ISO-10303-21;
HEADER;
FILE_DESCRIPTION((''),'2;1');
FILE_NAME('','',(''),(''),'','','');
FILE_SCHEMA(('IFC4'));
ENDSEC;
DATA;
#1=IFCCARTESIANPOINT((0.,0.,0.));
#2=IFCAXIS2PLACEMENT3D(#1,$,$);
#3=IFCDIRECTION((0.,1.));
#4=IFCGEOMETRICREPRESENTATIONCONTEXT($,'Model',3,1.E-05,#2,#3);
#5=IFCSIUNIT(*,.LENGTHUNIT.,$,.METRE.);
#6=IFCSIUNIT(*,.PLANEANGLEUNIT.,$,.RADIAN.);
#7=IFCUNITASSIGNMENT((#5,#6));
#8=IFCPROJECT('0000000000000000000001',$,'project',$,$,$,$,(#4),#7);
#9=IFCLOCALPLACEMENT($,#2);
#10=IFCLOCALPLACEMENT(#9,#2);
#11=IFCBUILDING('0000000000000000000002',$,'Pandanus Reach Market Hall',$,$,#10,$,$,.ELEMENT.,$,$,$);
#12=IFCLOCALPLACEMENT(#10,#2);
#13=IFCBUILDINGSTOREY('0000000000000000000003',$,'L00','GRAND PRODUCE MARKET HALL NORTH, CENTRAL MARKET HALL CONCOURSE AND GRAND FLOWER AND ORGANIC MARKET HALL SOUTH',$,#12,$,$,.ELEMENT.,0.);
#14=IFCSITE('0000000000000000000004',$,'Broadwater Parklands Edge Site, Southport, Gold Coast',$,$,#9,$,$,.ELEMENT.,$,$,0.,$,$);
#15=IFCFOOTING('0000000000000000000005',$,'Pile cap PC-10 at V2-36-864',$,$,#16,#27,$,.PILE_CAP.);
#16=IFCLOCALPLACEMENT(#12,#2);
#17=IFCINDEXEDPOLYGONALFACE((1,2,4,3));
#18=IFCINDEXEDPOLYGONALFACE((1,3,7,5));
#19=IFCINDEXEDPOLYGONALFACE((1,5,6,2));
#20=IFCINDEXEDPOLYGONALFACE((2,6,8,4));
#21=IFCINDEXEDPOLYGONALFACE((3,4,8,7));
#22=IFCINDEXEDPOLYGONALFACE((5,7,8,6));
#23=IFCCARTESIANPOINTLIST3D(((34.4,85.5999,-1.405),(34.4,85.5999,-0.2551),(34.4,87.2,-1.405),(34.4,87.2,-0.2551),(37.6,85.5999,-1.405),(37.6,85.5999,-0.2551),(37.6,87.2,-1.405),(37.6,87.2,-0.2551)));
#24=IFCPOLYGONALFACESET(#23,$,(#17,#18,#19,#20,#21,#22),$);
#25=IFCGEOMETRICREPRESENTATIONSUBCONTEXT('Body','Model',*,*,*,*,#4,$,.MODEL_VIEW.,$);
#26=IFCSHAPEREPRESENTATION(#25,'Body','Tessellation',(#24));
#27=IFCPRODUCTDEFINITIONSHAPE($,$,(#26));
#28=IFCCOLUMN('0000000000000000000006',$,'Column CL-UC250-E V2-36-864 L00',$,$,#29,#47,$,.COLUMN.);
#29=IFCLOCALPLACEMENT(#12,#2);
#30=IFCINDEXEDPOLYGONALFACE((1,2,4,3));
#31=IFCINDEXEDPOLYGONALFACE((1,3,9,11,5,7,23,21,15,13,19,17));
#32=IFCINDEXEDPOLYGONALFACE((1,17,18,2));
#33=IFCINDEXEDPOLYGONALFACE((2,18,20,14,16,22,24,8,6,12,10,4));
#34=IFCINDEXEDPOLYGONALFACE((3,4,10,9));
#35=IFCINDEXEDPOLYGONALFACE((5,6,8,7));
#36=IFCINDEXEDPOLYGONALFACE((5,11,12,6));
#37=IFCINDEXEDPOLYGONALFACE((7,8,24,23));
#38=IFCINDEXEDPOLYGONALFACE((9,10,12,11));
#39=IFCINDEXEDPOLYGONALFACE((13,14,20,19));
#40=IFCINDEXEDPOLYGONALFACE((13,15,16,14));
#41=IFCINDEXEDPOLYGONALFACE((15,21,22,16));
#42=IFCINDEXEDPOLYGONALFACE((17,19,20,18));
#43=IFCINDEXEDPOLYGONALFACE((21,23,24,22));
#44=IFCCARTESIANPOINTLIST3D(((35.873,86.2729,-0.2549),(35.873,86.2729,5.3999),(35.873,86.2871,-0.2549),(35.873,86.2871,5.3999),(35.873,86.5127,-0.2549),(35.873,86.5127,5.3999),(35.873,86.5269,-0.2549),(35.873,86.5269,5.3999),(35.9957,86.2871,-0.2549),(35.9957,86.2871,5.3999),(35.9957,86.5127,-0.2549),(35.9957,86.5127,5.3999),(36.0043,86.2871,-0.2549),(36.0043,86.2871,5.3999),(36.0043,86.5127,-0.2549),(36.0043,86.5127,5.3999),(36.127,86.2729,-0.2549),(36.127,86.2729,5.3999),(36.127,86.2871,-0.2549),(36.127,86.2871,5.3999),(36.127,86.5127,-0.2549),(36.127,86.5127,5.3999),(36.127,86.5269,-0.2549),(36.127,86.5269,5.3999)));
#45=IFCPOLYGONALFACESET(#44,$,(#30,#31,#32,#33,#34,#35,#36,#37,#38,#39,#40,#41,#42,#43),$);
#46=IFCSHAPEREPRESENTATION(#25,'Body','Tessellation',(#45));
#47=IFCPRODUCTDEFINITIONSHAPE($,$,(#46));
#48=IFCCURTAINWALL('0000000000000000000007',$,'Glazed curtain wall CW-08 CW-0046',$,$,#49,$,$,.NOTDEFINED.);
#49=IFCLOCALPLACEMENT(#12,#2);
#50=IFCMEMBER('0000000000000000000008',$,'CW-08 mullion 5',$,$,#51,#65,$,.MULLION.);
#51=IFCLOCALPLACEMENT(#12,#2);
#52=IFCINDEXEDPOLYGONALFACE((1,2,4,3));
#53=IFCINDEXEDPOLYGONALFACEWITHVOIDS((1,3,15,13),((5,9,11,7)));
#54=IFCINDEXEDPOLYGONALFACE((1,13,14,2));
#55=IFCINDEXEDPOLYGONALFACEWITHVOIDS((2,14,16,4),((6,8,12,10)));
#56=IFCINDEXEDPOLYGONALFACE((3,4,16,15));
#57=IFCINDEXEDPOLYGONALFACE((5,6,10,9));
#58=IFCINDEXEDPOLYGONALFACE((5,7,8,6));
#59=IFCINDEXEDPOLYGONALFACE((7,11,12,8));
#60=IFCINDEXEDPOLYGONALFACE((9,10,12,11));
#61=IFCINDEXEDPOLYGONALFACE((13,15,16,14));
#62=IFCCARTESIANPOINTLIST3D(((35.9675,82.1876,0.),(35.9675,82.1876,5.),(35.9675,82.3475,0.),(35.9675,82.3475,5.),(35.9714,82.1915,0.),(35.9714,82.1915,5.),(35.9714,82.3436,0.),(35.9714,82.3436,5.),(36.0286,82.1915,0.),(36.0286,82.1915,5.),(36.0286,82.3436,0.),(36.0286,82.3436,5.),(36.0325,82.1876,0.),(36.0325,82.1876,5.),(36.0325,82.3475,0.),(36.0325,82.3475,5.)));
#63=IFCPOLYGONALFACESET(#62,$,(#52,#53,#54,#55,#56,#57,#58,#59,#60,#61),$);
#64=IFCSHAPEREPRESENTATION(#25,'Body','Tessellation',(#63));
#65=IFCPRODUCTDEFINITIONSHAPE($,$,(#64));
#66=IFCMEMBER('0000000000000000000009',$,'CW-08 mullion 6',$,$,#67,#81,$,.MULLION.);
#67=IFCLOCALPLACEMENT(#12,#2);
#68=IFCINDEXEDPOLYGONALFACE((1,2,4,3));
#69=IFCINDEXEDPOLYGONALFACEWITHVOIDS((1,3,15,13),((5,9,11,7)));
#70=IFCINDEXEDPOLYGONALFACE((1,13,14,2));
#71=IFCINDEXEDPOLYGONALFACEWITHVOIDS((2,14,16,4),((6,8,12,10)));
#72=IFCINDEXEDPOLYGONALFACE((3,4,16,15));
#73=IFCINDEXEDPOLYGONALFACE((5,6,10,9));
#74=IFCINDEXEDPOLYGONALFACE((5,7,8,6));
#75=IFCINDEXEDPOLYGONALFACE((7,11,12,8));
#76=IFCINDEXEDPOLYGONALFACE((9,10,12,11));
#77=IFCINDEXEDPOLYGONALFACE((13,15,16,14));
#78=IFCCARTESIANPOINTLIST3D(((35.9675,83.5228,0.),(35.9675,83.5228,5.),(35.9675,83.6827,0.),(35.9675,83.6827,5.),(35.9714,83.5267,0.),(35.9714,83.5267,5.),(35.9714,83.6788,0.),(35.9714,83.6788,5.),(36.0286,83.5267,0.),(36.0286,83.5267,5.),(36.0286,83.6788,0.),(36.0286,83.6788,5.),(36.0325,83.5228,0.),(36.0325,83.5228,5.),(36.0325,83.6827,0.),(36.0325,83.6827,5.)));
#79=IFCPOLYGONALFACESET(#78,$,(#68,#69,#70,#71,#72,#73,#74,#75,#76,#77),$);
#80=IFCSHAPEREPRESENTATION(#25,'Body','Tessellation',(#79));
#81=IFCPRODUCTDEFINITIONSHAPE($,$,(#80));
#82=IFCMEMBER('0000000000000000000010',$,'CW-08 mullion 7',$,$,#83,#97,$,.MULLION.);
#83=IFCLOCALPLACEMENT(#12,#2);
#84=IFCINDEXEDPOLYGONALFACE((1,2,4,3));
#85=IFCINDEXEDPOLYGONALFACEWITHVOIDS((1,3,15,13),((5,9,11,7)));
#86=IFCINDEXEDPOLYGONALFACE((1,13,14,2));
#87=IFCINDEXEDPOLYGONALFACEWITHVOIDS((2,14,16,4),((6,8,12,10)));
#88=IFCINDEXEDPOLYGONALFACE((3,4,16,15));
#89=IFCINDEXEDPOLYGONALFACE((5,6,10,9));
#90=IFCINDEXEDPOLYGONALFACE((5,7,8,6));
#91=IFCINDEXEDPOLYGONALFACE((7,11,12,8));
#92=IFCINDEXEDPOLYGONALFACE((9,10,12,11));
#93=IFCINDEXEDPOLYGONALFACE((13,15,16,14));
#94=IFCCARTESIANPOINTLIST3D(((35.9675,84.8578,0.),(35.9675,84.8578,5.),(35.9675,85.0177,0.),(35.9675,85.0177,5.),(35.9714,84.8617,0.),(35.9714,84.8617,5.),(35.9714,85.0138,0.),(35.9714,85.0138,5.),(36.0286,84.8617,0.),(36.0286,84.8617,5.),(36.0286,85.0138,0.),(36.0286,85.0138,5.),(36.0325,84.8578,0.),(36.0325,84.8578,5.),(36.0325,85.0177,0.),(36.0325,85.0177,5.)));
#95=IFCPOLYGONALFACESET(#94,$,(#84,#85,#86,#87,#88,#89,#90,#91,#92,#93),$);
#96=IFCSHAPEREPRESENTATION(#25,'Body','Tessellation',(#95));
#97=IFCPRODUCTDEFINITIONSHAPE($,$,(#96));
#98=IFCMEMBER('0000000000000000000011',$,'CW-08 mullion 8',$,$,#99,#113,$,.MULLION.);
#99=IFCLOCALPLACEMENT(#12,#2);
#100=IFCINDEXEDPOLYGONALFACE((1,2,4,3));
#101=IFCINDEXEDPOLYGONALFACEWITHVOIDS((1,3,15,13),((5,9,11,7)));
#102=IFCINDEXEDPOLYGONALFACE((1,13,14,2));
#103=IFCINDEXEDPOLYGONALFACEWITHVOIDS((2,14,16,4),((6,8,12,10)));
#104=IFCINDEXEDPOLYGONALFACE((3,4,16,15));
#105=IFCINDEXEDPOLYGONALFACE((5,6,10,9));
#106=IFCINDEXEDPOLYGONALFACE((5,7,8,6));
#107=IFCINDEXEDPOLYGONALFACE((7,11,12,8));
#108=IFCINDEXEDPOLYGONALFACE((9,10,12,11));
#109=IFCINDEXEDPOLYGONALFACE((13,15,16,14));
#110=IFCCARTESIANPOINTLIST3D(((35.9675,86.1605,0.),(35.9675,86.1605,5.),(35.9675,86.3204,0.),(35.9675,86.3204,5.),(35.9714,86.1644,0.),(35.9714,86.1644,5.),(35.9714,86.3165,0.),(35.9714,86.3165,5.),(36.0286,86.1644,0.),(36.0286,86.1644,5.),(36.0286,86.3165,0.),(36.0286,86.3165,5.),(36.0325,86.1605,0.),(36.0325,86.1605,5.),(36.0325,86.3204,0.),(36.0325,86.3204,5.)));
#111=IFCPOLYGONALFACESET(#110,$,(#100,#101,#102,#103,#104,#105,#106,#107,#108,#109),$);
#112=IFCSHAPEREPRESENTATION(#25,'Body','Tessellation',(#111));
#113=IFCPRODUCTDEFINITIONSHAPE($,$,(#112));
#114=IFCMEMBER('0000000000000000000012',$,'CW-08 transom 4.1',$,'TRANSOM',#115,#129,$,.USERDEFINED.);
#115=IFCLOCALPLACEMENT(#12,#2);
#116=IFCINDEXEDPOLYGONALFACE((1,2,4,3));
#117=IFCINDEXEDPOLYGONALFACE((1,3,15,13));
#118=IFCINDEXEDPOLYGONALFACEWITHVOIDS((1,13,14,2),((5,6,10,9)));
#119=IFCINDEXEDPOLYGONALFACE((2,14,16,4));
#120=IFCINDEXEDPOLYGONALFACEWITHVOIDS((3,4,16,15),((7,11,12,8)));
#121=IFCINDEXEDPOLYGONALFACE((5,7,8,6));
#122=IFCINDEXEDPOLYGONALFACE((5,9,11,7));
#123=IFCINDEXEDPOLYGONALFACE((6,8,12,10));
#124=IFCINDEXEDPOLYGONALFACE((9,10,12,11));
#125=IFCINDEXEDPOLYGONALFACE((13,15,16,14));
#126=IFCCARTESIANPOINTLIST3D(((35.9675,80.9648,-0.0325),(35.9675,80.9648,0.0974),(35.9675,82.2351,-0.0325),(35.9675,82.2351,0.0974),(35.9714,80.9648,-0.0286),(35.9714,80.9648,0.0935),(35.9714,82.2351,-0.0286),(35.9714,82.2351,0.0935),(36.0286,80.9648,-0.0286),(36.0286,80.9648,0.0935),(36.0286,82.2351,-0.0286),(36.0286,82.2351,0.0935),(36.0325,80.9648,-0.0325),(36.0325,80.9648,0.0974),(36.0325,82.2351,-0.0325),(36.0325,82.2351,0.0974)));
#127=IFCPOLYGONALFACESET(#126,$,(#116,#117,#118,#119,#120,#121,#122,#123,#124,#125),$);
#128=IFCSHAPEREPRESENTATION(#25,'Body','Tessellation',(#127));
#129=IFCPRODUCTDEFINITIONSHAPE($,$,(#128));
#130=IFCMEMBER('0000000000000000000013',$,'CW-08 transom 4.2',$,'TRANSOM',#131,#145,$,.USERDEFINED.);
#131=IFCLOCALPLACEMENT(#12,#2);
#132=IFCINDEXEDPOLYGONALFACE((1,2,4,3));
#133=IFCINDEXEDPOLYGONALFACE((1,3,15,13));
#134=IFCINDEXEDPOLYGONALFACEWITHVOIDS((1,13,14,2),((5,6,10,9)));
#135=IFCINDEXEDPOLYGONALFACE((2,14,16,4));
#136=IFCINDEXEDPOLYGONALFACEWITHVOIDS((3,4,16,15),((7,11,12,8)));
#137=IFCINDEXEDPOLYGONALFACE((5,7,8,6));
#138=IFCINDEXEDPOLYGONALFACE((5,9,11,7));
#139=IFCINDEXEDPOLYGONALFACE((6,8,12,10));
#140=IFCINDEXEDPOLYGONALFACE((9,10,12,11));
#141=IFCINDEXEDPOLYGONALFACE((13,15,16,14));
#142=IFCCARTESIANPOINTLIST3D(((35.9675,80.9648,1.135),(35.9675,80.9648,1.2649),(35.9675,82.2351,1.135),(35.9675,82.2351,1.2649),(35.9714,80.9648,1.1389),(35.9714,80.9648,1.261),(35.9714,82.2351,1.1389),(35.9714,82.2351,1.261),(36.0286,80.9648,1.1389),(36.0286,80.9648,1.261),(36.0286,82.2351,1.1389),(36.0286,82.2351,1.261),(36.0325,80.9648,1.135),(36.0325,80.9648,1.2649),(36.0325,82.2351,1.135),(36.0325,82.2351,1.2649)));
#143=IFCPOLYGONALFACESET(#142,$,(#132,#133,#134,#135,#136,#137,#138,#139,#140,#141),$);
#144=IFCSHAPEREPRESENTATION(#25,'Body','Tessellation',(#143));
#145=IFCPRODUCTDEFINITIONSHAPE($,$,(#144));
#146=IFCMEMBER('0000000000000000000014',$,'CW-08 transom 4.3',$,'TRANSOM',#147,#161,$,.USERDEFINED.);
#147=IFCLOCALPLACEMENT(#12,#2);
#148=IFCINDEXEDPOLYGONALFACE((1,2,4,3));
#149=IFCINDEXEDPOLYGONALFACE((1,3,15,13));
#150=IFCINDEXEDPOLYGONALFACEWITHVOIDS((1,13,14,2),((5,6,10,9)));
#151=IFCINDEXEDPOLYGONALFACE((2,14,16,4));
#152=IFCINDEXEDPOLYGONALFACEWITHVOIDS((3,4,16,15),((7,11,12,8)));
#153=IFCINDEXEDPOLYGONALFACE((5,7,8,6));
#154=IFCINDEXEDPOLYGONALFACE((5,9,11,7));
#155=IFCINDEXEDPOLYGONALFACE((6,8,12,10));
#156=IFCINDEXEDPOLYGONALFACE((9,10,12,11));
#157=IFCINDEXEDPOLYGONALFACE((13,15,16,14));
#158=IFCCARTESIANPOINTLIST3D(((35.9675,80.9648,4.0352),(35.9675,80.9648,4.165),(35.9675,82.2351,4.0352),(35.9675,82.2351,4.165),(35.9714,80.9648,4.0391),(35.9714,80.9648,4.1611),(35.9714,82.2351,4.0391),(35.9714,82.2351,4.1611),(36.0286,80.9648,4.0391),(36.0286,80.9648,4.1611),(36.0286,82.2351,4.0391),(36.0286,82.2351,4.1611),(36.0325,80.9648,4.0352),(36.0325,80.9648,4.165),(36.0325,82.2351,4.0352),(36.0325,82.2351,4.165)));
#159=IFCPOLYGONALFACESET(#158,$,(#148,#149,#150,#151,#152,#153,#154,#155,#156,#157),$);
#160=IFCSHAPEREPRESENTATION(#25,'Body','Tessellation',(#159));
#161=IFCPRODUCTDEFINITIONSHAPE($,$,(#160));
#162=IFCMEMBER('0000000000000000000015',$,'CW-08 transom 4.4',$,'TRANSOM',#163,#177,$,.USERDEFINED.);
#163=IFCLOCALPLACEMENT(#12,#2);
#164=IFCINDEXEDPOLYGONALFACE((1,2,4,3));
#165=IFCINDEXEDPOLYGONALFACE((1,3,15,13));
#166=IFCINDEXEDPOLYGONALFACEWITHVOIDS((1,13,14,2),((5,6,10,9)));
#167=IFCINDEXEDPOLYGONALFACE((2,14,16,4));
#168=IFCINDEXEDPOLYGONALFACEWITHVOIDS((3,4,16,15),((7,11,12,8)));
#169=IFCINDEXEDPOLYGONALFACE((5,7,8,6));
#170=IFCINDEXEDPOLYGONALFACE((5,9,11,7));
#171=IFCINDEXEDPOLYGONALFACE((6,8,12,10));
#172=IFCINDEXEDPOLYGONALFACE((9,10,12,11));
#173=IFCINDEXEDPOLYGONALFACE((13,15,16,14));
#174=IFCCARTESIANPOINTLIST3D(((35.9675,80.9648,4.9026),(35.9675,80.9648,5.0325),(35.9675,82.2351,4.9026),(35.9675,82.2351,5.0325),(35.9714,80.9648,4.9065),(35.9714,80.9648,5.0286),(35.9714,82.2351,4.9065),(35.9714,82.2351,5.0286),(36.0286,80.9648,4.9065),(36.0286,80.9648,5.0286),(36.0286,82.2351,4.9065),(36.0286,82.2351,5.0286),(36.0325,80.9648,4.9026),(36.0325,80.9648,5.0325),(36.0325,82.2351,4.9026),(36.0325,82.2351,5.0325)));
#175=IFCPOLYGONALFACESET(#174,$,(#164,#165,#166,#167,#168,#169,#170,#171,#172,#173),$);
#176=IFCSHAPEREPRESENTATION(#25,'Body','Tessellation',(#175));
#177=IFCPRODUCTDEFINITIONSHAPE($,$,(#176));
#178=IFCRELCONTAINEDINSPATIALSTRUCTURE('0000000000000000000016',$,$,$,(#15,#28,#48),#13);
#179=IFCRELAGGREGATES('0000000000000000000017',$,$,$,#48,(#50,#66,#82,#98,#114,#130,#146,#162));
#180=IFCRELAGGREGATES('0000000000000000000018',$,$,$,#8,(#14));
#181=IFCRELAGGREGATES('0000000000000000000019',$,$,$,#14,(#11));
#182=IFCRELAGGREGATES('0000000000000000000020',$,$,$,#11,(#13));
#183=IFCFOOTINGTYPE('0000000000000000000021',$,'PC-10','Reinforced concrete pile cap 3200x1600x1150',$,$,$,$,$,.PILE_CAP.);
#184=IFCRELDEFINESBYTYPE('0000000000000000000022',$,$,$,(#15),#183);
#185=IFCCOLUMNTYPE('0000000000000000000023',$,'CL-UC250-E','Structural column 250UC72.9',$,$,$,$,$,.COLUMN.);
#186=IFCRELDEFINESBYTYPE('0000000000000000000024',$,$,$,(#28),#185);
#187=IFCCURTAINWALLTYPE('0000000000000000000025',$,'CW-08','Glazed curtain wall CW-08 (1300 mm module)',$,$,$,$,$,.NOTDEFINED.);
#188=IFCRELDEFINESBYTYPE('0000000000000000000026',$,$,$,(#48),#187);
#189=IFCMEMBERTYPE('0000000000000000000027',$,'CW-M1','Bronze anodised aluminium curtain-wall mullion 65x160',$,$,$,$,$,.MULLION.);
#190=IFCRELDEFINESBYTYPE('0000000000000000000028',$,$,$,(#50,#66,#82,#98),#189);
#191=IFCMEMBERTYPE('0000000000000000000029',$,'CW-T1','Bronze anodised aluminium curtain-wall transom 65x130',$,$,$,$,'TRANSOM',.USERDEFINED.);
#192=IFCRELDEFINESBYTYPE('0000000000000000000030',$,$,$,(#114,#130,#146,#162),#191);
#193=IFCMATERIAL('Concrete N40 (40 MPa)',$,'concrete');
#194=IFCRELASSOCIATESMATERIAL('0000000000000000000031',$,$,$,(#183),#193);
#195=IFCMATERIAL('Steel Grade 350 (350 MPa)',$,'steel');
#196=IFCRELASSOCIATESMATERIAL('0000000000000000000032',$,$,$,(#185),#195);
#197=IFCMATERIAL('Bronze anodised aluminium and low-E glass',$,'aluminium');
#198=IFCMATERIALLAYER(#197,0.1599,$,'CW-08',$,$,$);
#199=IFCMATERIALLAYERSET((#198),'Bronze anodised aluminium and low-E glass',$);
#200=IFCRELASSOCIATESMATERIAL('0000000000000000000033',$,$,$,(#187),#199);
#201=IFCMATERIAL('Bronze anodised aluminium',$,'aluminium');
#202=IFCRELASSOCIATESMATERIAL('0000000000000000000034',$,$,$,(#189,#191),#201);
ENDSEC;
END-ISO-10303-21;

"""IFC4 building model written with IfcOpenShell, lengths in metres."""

from ifc_helpers import new_model, si_unit, direction, frame, origin, origin_2d, place, context, subcontext, project, spatial, rectangle, hollow_rectangle, i_section, extrude, material, layer, layer_set, material_profile, profile_set, type_object, element, aggregate, save


model = new_model("IFC4")

# Units and contexts
model_context = context("Model", 3, precision=1e-05, world=origin(), true_north=direction((0.0, 1.0)))
body_context = subcontext(model_context, "Body", "Model", "MODEL_VIEW")
ifc_project = project(units=[si_unit("LENGTHUNIT", "METRE"), si_unit("PLANEANGLEUNIT", "RADIAN")], contexts=[model_context])

# Site, building, storey
site_placement = place(None, origin())
site = spatial("IfcSite", under=ifc_project, at=site_placement, Name="Broadwater Parklands Edge Site, Southport, Gold Coast", CompositionType="ELEMENT", RefElevation=0.0)
building_placement = place(site_placement, origin())
building = spatial("IfcBuilding", under=site, at=building_placement, Name="Pandanus Reach Market Hall", CompositionType="ELEMENT")
storey_placement = place(building_placement, origin())
storey = spatial("IfcBuildingStorey", under=building, at=storey_placement, Name="L00", Description="GRAND PRODUCE MARKET HALL NORTH, CENTRAL MARKET HALL CONCOURSE AND GRAND FLOWER AND ORGANIC MARKET HALL SOUTH", CompositionType="ELEMENT", Elevation=0.0)

# Footing
ifc_material_1 = material(Name="Concrete N40 (40 MPa)", Category="concrete")
footing_type = type_object("IfcFootingType", Name="PC-10", Description="Reinforced concrete pile cap 3200x1600x1150", PredefinedType="PILE_CAP", material=ifc_material_1)
footing_placement = place(storey_placement, frame((36.0, 86.3999, -1.405), z_axis=(0.0, 0.0, 1.0), x_axis=(1.0, 0.0, 0.0)))
element("IfcFooting", 1, at=footing_placement, inside=storey, type_object=footing_type, Name="Pile cap PC-10 at V2-36-864", PredefinedType="PILE_CAP", context=body_context, shape_type="SweptSolid", body=[
    extrude(rectangle(XDim=3.2, YDim=1.6001, at=origin_2d()), origin(), (0.0, 0.0, 1.0), 1.1499),
])

# Column
ifc_material_2 = material(Name="Steel Grade 350 (350 MPa)", Category="steel")
ifc_material_profile_1 = material_profile(ifc_material_2, i_section(OverallWidth=0.2539, OverallDepth=0.2539, WebThickness=0.0085, FlangeThickness=0.0142, at=origin_2d()), Name="250UC72.9", Category="LoadBearing")
ifc_profile_set_1 = profile_set([ifc_material_profile_1], Name="Steel Grade 350 (350 MPa)")
column_type = type_object("IfcColumnType", Name="CL-UC250-E", Description="Structural column 250UC72.9", PredefinedType="COLUMN", material=ifc_profile_set_1)
column_placement = place(storey_placement, frame((36.0, 86.3999, -0.2549), z_axis=(0.0, 0.0, 1.0), x_axis=(1.0, 0.0, 0.0)))
element("IfcColumn", 2, at=column_placement, inside=storey, type_object=column_type, Name="Column CL-UC250-E V2-36-864 L00", PredefinedType="COLUMN", context=body_context, shape_type="SweptSolid", body=[
    extrude(i_section(OverallWidth=0.2539, OverallDepth=0.2539, WebThickness=0.0085, FlangeThickness=0.0142, at=origin_2d()), origin(), (0.0, 0.0, 1.0), 5.6548),
])

# Curtain wall, members
ifc_material_3 = material(Name="Bronze anodised aluminium and low-E glass", Category="aluminium")
ifc_layer_1 = layer(ifc_material_3, 0.1599, Name="CW-08")
ifc_layer_set_1 = layer_set([ifc_layer_1], Name="Bronze anodised aluminium and low-E glass")
curtain_wall_type = type_object("IfcCurtainWallType", Name="CW-08", Description="Glazed curtain wall CW-08 (1300 mm module)", PredefinedType="NOTDEFINED", material=ifc_layer_set_1)
curtain_wall_placement = place(storey_placement, origin())
curtain_wall = element("IfcCurtainWall", 3, at=curtain_wall_placement, inside=storey, type_object=curtain_wall_type, Name="Glazed curtain wall CW-08 CW-0046", PredefinedType="NOTDEFINED")
ifc_material_4 = material(Name="Bronze anodised aluminium", Category="aluminium")
ifc_material_profile_2 = material_profile(ifc_material_4, hollow_rectangle(XDim=0.0649, YDim=0.1599, WallThickness=0.0039, at=origin_2d()), Name="ALU65x160", Category="LoadBearing")
ifc_profile_set_2 = profile_set([ifc_material_profile_2], Name="Bronze anodised aluminium")
member_type_1 = type_object("IfcMemberType", Name="CW-M1", Description="Bronze anodised aluminium curtain-wall mullion 65x160", PredefinedType="MULLION", material=ifc_profile_set_2)
member_1_placement = place(storey_placement, frame((36.0, 82.2676, 0.0), z_axis=(0.0, 0.0, 1.0), x_axis=(-1.0, 0.0, 0.0)))
member_1 = element("IfcMember", 4, at=member_1_placement, type_object=member_type_1, Name="CW-08 mullion 5", PredefinedType="MULLION", context=body_context, shape_type="SweptSolid", body=[
    extrude(hollow_rectangle(XDim=0.0649, YDim=0.1599, WallThickness=0.0039, at=origin_2d()), origin(), (0.0, 0.0, 1.0), 5.0),
])
member_2_placement = place(storey_placement, frame((36.0, 83.6028, 0.0), z_axis=(0.0, 0.0, 1.0), x_axis=(-1.0, 0.0, 0.0)))
member_2 = element("IfcMember", 5, at=member_2_placement, type_object=member_type_1, Name="CW-08 mullion 6", PredefinedType="MULLION", context=body_context, shape_type="SweptSolid", body=[
    extrude(hollow_rectangle(XDim=0.0649, YDim=0.1599, WallThickness=0.0039, at=origin_2d()), origin(), (0.0, 0.0, 1.0), 5.0),
])
member_3_placement = place(storey_placement, frame((36.0, 84.9377, 0.0), z_axis=(0.0, 0.0, 1.0), x_axis=(-1.0, 0.0, 0.0)))
member_3 = element("IfcMember", 6, at=member_3_placement, type_object=member_type_1, Name="CW-08 mullion 7", PredefinedType="MULLION", context=body_context, shape_type="SweptSolid", body=[
    extrude(hollow_rectangle(XDim=0.0649, YDim=0.1599, WallThickness=0.0039, at=origin_2d()), origin(), (0.0, 0.0, 1.0), 5.0),
])
member_4_placement = place(storey_placement, frame((36.0, 86.2405, 0.0), z_axis=(0.0, 0.0, 1.0), x_axis=(-1.0, 0.0, 0.0)))
member_4 = element("IfcMember", 7, at=member_4_placement, type_object=member_type_1, Name="CW-08 mullion 8", PredefinedType="MULLION", context=body_context, shape_type="SweptSolid", body=[
    extrude(hollow_rectangle(XDim=0.0649, YDim=0.1599, WallThickness=0.0039, at=origin_2d()), origin(), (0.0, 0.0, 1.0), 5.0),
])
ifc_material_profile_3 = material_profile(ifc_material_4, hollow_rectangle(XDim=0.0649, YDim=0.1299, WallThickness=0.0039, at=origin_2d()), Name="ALU65x130", Category="LoadBearing")
ifc_profile_set_3 = profile_set([ifc_material_profile_3], Name="Bronze anodised aluminium")
member_type_2 = type_object("IfcMemberType", Name="CW-T1", Description="Bronze anodised aluminium curtain-wall transom 65x130", ElementType="TRANSOM", PredefinedType="USERDEFINED", material=ifc_profile_set_3)
member_5_placement = place(storey_placement, frame((36.0, 80.9648, 0.0325), z_axis=(0.0, 1.0, 0.0), x_axis=(-1.0, 0.0, 0.0)))
member_5 = element("IfcMember", 8, at=member_5_placement, type_object=member_type_2, Name="CW-08 transom 4.1", ObjectType="TRANSOM", PredefinedType="USERDEFINED", context=body_context, shape_type="SweptSolid", body=[
    extrude(hollow_rectangle(XDim=0.0649, YDim=0.1299, WallThickness=0.0039, at=origin_2d()), origin(), (0.0, 0.0, 1.0), 1.2703),
])
member_6_placement = place(storey_placement, frame((36.0, 80.9648, 1.2), z_axis=(0.0, 1.0, 0.0), x_axis=(-1.0, 0.0, 0.0)))
member_6 = element("IfcMember", 9, at=member_6_placement, type_object=member_type_2, Name="CW-08 transom 4.2", ObjectType="TRANSOM", PredefinedType="USERDEFINED", context=body_context, shape_type="SweptSolid", body=[
    extrude(hollow_rectangle(XDim=0.0649, YDim=0.1299, WallThickness=0.0039, at=origin_2d()), origin(), (0.0, 0.0, 1.0), 1.2703),
])
member_7_placement = place(storey_placement, frame((36.0, 80.9648, 4.1001), z_axis=(0.0, 1.0, 0.0), x_axis=(-1.0, 0.0, 0.0)))
member_7 = element("IfcMember", 10, at=member_7_placement, type_object=member_type_2, Name="CW-08 transom 4.3", ObjectType="TRANSOM", PredefinedType="USERDEFINED", context=body_context, shape_type="SweptSolid", body=[
    extrude(hollow_rectangle(XDim=0.0649, YDim=0.1299, WallThickness=0.0039, at=origin_2d()), origin(), (0.0, 0.0, 1.0), 1.2703),
])
member_8_placement = place(storey_placement, frame((36.0, 80.9648, 4.9675), z_axis=(0.0, 1.0, 0.0), x_axis=(-1.0, 0.0, 0.0)))
member_8 = element("IfcMember", 11, at=member_8_placement, type_object=member_type_2, Name="CW-08 transom 4.4", ObjectType="TRANSOM", PredefinedType="USERDEFINED", context=body_context, shape_type="SweptSolid", body=[
    extrude(hollow_rectangle(XDim=0.0649, YDim=0.1299, WallThickness=0.0039, at=origin_2d()), origin(), (0.0, 0.0, 1.0), 1.2703),
])
aggregate(curtain_wall, [member_1, member_2, member_3, member_4, member_5, member_6, member_7, member_8])

save(model, "model.ifc")
